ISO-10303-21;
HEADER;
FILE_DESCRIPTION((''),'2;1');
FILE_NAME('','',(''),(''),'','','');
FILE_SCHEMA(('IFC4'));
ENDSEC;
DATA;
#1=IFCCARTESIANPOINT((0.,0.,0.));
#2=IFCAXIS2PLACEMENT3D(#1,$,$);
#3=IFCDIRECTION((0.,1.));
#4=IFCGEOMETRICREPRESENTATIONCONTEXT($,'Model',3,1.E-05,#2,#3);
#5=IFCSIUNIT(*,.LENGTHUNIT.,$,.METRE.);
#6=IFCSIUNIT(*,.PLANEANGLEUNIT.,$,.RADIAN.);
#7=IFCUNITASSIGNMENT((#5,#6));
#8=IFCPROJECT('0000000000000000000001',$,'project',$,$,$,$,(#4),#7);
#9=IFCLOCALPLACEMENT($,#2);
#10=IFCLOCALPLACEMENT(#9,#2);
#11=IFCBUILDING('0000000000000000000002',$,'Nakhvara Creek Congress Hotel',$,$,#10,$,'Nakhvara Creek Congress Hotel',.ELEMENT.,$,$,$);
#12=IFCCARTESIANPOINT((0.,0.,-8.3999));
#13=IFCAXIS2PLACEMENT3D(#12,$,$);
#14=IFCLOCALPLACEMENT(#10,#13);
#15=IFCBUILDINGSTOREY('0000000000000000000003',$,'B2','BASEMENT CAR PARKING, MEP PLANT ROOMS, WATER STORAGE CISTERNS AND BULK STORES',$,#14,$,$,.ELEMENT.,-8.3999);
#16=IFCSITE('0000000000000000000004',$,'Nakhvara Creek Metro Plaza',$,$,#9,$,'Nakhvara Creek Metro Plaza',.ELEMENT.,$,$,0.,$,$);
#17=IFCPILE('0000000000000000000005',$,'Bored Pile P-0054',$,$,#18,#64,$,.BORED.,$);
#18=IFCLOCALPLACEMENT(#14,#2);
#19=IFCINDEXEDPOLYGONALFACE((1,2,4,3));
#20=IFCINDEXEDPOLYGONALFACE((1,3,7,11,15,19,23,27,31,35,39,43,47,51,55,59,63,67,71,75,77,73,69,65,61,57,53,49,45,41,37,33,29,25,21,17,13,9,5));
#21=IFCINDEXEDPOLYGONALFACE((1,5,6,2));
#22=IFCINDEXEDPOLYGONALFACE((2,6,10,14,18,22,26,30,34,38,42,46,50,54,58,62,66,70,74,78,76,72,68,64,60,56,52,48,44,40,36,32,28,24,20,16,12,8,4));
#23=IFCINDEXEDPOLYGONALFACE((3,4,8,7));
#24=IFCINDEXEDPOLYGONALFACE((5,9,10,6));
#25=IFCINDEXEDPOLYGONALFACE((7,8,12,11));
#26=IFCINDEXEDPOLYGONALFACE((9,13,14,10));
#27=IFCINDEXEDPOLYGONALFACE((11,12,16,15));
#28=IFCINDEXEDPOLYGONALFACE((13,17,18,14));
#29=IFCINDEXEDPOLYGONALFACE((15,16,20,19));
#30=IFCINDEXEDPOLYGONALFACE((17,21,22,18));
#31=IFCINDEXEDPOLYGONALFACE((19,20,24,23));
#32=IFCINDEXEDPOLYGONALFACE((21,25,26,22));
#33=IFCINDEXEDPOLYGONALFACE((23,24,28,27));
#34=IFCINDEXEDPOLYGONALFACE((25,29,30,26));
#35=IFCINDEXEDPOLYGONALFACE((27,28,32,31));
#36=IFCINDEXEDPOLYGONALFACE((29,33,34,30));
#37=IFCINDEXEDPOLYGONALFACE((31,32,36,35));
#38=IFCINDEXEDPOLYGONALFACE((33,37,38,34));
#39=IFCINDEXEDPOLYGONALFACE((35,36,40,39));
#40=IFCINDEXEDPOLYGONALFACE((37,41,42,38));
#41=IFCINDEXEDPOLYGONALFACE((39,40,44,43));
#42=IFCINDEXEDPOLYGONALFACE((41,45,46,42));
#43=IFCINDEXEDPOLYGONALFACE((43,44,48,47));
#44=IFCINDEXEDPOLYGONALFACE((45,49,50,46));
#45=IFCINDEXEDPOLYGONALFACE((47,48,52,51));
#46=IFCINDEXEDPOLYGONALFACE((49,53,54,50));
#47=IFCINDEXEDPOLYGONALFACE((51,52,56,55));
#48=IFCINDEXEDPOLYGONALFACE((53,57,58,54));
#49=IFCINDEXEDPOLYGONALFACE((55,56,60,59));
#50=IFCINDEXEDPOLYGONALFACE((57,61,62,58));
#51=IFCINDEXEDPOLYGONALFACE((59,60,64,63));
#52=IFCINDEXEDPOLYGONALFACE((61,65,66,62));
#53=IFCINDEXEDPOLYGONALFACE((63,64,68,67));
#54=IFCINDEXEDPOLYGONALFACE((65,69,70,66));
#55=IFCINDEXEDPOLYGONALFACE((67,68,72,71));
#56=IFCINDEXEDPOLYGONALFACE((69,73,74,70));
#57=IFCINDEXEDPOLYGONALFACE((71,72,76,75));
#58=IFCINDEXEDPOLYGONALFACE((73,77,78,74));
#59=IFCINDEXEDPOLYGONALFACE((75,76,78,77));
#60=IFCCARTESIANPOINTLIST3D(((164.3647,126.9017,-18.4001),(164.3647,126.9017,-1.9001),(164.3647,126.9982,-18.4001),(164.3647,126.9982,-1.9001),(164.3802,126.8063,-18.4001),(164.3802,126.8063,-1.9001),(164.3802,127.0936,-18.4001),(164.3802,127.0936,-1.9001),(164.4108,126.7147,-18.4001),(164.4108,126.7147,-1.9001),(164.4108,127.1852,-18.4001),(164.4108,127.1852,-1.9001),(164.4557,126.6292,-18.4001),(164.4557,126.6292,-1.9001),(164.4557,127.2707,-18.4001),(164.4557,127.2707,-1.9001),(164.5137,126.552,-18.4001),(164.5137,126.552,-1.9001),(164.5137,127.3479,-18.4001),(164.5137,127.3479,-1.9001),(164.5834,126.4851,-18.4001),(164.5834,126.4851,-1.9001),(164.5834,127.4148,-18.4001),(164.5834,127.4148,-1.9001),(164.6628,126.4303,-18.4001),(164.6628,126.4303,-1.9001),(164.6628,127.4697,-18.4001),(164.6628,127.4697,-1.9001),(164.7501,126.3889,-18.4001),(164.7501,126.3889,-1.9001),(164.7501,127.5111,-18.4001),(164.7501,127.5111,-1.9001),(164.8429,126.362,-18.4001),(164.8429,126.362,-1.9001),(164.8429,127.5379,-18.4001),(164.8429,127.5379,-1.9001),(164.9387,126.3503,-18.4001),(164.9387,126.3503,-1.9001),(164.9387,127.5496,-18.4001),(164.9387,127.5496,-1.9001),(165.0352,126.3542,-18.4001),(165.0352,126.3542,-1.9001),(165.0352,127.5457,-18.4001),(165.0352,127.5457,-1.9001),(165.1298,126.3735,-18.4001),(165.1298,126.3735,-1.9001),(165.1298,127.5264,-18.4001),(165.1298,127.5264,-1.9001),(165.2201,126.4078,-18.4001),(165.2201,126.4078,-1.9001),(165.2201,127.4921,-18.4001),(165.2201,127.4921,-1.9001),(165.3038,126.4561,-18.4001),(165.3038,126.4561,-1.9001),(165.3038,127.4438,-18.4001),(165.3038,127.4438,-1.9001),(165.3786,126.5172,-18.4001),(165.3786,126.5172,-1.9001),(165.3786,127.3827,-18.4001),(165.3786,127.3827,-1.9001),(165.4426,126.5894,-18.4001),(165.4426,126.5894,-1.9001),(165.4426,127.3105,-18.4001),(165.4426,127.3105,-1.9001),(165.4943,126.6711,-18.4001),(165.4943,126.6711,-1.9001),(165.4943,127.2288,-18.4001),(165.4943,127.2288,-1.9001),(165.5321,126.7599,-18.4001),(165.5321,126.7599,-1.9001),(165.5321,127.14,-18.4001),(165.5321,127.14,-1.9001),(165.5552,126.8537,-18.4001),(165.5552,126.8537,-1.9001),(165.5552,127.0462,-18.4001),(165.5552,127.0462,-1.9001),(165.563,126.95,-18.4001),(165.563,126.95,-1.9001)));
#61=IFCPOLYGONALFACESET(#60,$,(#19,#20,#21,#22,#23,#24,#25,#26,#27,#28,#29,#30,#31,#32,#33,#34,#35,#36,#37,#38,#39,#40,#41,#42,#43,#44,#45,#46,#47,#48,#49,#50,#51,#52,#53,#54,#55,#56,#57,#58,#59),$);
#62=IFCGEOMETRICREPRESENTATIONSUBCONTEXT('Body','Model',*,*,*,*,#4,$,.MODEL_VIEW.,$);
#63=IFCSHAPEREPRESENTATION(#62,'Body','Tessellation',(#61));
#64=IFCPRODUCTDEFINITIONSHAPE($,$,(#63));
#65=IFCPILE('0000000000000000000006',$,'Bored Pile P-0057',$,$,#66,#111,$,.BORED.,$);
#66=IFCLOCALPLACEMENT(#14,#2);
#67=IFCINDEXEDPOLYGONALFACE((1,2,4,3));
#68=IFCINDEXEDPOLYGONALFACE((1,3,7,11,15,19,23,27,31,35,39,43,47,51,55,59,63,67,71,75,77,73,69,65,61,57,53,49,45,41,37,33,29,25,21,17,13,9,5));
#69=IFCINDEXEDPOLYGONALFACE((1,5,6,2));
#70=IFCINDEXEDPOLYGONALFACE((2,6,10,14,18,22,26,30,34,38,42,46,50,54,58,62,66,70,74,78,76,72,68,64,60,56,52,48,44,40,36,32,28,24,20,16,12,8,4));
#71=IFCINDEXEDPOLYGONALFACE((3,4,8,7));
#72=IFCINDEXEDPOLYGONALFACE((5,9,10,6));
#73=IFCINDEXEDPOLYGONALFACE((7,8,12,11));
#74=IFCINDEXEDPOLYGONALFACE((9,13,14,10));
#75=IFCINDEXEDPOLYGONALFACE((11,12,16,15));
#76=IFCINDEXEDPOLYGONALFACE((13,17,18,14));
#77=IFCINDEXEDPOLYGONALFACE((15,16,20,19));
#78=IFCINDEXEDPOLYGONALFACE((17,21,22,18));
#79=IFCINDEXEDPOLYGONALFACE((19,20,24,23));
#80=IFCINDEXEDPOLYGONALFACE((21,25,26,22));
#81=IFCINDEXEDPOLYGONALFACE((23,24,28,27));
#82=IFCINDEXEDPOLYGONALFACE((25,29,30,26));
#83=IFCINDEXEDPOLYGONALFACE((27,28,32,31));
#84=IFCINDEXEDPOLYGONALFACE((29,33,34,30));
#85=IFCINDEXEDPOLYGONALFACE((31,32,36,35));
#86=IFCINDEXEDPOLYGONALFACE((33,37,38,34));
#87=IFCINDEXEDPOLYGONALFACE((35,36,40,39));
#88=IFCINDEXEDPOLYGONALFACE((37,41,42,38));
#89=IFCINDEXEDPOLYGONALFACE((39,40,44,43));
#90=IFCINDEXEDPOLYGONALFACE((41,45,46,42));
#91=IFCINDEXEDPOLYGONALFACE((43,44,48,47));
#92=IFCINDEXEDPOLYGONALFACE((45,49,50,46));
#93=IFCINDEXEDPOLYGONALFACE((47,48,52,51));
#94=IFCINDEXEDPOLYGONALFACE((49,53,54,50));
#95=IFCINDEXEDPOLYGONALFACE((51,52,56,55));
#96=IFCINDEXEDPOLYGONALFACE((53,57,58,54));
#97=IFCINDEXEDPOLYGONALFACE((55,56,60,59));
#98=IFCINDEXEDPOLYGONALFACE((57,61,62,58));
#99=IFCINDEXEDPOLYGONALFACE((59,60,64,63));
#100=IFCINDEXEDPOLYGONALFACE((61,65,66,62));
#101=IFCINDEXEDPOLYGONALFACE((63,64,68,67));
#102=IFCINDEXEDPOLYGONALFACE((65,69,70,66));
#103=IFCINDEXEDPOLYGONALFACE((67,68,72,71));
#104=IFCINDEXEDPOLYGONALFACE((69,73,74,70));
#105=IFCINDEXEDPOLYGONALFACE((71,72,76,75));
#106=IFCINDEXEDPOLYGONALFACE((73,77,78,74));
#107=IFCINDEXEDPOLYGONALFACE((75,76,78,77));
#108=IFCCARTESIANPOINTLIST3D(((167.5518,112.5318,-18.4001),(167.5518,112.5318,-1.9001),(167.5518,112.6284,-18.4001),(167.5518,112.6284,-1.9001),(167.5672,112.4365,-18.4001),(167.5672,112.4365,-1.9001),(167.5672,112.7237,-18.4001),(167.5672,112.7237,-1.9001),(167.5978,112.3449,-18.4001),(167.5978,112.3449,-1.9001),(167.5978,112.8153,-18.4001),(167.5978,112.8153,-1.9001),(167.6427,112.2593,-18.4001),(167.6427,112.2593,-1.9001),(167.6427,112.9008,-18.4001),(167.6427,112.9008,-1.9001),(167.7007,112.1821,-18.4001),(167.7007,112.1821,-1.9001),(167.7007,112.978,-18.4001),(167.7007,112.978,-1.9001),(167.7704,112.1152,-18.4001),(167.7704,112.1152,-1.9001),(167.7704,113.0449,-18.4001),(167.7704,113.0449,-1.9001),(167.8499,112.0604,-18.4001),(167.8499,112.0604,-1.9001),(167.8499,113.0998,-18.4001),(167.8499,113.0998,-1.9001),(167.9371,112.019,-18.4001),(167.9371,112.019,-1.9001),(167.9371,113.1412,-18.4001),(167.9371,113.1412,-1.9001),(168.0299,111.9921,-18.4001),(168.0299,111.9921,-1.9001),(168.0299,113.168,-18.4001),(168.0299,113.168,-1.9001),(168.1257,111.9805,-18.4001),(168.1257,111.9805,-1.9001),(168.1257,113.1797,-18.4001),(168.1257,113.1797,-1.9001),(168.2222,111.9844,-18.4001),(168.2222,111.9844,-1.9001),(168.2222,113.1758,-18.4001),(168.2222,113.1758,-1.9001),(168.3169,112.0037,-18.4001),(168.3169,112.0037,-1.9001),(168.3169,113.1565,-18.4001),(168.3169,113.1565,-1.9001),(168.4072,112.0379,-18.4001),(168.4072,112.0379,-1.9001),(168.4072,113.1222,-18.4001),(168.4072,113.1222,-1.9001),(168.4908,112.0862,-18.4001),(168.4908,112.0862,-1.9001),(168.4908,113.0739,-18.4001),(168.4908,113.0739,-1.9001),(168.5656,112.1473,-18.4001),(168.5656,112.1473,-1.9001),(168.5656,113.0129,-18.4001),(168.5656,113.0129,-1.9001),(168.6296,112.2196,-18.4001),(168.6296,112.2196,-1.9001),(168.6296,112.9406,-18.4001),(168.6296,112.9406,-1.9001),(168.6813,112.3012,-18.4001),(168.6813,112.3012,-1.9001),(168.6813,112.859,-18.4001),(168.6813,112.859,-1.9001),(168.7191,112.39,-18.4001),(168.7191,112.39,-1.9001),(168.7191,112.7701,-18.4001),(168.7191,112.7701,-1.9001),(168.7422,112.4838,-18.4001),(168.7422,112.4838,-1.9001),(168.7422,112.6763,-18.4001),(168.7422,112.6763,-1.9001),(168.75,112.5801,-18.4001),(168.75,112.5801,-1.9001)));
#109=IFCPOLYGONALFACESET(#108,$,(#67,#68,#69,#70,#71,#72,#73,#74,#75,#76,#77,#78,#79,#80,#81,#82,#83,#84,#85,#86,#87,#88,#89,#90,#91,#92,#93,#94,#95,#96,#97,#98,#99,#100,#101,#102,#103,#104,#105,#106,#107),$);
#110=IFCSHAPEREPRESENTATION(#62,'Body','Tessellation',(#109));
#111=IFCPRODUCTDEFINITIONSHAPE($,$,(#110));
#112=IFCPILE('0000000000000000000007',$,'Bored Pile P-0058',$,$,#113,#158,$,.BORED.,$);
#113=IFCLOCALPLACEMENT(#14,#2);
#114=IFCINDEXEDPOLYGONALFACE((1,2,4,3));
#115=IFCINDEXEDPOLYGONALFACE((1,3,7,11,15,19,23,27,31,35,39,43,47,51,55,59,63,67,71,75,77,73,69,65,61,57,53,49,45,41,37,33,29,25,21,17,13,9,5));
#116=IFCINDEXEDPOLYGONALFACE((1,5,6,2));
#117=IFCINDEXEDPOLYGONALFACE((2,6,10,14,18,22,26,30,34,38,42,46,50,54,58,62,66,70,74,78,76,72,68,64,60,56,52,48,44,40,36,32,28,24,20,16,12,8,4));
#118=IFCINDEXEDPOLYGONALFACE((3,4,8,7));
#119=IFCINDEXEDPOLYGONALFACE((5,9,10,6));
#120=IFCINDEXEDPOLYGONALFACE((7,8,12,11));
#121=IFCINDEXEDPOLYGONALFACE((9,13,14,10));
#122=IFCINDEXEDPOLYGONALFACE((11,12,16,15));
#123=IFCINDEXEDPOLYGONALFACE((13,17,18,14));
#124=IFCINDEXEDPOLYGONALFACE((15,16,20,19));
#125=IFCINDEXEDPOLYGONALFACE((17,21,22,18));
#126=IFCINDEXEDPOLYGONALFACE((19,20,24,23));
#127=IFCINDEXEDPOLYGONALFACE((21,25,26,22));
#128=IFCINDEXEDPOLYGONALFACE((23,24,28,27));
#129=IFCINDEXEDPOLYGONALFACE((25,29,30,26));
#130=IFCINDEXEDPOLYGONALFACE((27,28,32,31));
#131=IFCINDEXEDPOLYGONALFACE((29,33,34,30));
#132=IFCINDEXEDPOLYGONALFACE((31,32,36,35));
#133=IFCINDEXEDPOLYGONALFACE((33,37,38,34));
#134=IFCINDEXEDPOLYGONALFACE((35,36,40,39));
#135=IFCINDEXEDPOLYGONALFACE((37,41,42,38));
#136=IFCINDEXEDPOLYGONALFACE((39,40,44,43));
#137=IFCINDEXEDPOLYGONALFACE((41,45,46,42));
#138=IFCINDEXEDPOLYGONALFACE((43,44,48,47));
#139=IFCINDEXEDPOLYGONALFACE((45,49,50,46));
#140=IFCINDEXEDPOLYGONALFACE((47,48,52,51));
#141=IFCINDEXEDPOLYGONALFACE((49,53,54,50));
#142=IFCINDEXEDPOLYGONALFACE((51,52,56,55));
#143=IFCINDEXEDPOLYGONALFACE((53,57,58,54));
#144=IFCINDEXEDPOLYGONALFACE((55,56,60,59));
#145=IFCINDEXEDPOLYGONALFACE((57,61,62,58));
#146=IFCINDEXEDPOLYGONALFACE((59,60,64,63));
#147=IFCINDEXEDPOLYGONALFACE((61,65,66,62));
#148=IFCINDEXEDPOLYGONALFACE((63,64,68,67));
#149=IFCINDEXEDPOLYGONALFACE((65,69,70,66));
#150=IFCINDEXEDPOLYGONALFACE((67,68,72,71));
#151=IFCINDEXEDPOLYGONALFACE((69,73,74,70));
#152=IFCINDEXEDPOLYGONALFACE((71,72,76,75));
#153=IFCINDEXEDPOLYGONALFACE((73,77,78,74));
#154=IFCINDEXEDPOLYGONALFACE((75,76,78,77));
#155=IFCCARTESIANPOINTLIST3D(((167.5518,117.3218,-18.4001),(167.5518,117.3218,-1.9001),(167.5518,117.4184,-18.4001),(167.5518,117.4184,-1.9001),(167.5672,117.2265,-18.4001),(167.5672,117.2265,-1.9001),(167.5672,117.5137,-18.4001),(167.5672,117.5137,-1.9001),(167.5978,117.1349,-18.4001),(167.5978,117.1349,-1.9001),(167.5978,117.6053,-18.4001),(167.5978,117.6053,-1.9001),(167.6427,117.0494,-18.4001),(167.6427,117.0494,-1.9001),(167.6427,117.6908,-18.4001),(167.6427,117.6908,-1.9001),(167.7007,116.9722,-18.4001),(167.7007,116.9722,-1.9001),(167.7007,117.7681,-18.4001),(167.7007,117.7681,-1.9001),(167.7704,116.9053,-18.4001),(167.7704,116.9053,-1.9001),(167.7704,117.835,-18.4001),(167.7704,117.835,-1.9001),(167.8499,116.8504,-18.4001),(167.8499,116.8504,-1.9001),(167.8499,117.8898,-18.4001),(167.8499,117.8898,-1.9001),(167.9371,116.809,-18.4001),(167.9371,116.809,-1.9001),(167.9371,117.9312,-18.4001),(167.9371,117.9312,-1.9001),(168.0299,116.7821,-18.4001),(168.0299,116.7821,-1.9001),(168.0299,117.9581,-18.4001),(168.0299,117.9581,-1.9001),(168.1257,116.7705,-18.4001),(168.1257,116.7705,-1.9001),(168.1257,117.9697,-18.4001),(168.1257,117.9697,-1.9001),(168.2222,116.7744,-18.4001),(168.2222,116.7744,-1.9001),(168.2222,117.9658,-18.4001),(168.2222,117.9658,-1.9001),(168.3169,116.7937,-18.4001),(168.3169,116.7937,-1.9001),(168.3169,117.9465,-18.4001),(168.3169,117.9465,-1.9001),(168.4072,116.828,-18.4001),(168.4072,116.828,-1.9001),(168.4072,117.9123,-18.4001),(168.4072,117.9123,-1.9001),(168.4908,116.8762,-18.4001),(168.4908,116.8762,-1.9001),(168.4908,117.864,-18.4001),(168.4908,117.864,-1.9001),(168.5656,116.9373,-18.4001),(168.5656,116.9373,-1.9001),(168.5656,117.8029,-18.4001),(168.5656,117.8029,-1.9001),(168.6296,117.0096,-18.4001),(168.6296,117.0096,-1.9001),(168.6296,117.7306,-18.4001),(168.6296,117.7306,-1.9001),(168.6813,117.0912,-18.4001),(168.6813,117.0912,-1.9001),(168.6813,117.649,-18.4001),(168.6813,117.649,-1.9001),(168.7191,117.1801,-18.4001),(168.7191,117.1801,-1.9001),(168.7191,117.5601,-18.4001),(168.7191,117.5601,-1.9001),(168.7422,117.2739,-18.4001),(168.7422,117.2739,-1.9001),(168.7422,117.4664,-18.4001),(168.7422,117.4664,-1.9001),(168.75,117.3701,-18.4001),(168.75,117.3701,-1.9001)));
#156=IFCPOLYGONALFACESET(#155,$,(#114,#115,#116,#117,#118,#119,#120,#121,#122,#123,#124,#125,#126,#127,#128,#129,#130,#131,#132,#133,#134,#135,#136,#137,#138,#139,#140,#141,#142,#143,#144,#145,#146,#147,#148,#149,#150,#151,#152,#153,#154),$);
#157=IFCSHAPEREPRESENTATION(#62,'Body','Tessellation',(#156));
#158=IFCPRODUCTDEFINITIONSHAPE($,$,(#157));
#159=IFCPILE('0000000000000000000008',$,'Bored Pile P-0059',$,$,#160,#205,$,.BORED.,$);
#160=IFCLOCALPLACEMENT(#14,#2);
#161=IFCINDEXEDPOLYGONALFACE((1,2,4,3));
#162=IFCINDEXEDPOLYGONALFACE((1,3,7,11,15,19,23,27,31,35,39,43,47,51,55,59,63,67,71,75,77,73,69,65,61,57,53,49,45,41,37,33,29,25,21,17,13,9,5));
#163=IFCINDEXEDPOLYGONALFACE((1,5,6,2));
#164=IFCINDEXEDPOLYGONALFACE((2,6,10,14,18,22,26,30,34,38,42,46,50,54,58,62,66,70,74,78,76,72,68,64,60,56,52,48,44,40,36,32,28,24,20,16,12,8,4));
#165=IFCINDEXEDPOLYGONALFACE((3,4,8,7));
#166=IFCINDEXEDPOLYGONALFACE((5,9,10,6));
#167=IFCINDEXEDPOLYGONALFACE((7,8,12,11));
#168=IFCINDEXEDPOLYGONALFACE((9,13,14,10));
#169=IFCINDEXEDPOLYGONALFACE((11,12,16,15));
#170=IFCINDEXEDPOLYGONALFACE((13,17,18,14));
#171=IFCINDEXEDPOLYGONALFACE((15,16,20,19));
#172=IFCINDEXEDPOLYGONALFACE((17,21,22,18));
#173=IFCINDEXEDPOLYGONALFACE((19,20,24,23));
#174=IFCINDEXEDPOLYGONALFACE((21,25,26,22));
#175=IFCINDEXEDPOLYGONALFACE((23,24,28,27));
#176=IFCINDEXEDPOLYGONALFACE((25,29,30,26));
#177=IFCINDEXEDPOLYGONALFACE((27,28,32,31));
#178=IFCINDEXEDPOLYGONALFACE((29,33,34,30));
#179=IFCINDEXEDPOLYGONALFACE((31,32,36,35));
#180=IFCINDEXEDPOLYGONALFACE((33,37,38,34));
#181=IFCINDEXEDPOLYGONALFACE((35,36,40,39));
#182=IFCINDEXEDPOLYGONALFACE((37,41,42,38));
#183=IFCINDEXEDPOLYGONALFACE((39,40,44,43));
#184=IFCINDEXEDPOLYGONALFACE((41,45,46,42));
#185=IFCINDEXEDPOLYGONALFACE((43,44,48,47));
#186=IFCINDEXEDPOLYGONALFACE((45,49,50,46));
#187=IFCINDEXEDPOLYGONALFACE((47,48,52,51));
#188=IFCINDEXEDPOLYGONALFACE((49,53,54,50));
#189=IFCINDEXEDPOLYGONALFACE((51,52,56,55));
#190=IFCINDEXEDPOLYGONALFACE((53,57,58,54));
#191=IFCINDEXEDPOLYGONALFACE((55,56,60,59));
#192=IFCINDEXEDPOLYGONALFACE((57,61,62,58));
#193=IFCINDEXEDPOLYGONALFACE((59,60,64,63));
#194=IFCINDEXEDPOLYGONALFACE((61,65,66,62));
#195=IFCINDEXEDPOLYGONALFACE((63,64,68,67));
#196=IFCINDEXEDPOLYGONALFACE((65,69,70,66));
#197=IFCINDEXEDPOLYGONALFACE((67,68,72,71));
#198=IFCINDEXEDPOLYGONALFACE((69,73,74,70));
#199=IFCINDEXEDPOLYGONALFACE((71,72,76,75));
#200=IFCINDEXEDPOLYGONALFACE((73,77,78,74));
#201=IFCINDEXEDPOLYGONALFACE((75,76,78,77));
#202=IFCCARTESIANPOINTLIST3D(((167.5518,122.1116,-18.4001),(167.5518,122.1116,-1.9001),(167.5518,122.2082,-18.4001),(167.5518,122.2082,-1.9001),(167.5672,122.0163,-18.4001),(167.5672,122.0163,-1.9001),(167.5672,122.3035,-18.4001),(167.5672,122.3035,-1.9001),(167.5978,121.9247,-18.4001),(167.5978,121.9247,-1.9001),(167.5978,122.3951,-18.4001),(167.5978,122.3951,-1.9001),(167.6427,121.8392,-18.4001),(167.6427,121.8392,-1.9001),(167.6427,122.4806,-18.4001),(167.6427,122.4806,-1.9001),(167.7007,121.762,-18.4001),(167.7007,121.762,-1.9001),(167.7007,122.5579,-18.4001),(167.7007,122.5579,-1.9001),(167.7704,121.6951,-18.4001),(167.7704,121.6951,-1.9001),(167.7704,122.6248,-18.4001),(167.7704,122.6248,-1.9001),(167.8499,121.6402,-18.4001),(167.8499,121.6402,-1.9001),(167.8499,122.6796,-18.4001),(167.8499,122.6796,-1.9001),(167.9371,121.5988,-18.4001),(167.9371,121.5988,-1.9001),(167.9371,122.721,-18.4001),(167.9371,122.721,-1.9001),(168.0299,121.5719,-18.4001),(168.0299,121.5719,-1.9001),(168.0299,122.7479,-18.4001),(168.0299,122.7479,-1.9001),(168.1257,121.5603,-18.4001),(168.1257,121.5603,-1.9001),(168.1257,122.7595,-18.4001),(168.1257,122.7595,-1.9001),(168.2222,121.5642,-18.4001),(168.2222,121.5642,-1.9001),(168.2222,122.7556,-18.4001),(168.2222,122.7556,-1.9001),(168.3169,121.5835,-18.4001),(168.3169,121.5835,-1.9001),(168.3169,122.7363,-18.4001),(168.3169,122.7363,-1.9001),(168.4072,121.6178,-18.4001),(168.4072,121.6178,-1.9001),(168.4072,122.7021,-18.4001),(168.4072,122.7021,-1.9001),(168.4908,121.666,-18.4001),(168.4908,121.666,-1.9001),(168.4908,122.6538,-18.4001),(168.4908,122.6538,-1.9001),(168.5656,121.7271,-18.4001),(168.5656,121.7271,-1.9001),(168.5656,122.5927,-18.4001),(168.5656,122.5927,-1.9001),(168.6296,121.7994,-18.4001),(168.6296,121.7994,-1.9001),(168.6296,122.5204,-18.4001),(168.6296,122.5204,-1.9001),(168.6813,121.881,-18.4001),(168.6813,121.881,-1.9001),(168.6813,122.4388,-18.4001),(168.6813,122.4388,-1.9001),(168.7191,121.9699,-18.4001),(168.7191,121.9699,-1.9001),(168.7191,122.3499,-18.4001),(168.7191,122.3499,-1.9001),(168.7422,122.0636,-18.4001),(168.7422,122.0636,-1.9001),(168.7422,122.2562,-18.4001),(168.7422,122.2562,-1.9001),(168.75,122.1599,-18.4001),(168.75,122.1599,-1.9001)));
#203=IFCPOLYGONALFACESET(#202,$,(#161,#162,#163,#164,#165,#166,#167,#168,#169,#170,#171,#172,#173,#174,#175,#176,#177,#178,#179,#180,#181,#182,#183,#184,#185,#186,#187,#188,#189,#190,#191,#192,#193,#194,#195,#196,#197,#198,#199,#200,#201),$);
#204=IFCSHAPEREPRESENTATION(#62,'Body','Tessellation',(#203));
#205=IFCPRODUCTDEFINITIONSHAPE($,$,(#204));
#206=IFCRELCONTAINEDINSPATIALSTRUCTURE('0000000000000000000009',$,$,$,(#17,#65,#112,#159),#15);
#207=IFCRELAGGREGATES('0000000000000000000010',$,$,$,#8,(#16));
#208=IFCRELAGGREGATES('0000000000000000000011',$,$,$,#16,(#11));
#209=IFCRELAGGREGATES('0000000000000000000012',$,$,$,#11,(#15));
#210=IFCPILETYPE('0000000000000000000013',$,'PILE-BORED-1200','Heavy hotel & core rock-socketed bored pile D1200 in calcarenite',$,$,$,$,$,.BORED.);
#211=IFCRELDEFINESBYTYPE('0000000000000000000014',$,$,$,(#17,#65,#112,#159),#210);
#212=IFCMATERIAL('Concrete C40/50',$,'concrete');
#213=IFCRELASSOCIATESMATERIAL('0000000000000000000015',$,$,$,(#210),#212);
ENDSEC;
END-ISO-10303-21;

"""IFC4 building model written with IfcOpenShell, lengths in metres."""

from ifc_helpers import new_model, si_unit, direction, frame, origin, origin_2d, place, context, subcontext, project, spatial, circle, extrude, material, material_profile, profile_set, type_object, element, save


model = new_model("IFC4")

# Units and contexts
model_context = context("Model", 3, precision=1e-05, world=origin(), true_north=direction((0.0, 1.0)))
body_context = subcontext(model_context, "Body", "Model", "MODEL_VIEW")
ifc_project = project(units=[si_unit("LENGTHUNIT", "METRE"), si_unit("PLANEANGLEUNIT", "RADIAN")], contexts=[model_context])

# Site, building, storey
site_placement = place(None, origin())
site = spatial("IfcSite", under=ifc_project, at=site_placement, Name="Nakhvara Creek Metro Plaza", LongName="Nakhvara Creek Metro Plaza", CompositionType="ELEMENT", RefElevation=0.0)
building_placement = place(site_placement, origin())
building = spatial("IfcBuilding", under=site, at=building_placement, Name="Nakhvara Creek Congress Hotel", LongName="Nakhvara Creek Congress Hotel", CompositionType="ELEMENT")
storey_placement = place(building_placement, frame((0.0, 0.0, -8.3999)))
storey = spatial("IfcBuildingStorey", under=building, at=storey_placement, Name="B2", Description="BASEMENT CAR PARKING, MEP PLANT ROOMS, WATER STORAGE CISTERNS AND BULK STORES", CompositionType="ELEMENT", Elevation=-8.3999)

# Shared definitions
ifc_material_1 = material(Name="Concrete C40/50", Category="concrete")

# Piles
ifc_material_profile_1 = material_profile(ifc_material_1, circle(Radius=0.6001, at=origin_2d()), Name="BORED PILE D1200", Category="LoadBearing")
ifc_profile_set_1 = profile_set([ifc_material_profile_1], Name="Concrete C40/50")
pile_type = type_object("IfcPileType", Name="PILE-BORED-1200", Description="Heavy hotel & core rock-socketed bored pile D1200 in calcarenite", PredefinedType="BORED", material=ifc_profile_set_1)
for number, where, z_axis, x_axis, name in (
    (1, (164.9629, 126.95, -1.9001), (0.0, 0.0, -1.0), (1.0, 0.0, 0.0), "Bored Pile P-0054"),
    (2, (168.1499, 112.5801, -1.9001), (0.0, 0.0, -1.0), (1.0, 0.0, 0.0), "Bored Pile P-0057"),
    (3, (168.1499, 117.3701, -1.9001), (0.0, 0.0, -1.0), (1.0, 0.0, 0.0), "Bored Pile P-0058"),
    (4, (168.1499, 122.1599, -1.9001), (0.0, 0.0, -1.0), (1.0, 0.0, 0.0), "Bored Pile P-0059"),
):
    element("IfcPile", number, at=place(storey_placement, frame(where, z_axis=z_axis, x_axis=x_axis)), inside=storey, type_object=pile_type, Name=name, PredefinedType="BORED", context=body_context, shape_type="SweptSolid", body=[
        extrude(circle(Radius=0.6001, at=origin_2d()), origin(), (0.0, 0.0, 1.0), 16.5),
    ])

save(model, "model.ifc")
